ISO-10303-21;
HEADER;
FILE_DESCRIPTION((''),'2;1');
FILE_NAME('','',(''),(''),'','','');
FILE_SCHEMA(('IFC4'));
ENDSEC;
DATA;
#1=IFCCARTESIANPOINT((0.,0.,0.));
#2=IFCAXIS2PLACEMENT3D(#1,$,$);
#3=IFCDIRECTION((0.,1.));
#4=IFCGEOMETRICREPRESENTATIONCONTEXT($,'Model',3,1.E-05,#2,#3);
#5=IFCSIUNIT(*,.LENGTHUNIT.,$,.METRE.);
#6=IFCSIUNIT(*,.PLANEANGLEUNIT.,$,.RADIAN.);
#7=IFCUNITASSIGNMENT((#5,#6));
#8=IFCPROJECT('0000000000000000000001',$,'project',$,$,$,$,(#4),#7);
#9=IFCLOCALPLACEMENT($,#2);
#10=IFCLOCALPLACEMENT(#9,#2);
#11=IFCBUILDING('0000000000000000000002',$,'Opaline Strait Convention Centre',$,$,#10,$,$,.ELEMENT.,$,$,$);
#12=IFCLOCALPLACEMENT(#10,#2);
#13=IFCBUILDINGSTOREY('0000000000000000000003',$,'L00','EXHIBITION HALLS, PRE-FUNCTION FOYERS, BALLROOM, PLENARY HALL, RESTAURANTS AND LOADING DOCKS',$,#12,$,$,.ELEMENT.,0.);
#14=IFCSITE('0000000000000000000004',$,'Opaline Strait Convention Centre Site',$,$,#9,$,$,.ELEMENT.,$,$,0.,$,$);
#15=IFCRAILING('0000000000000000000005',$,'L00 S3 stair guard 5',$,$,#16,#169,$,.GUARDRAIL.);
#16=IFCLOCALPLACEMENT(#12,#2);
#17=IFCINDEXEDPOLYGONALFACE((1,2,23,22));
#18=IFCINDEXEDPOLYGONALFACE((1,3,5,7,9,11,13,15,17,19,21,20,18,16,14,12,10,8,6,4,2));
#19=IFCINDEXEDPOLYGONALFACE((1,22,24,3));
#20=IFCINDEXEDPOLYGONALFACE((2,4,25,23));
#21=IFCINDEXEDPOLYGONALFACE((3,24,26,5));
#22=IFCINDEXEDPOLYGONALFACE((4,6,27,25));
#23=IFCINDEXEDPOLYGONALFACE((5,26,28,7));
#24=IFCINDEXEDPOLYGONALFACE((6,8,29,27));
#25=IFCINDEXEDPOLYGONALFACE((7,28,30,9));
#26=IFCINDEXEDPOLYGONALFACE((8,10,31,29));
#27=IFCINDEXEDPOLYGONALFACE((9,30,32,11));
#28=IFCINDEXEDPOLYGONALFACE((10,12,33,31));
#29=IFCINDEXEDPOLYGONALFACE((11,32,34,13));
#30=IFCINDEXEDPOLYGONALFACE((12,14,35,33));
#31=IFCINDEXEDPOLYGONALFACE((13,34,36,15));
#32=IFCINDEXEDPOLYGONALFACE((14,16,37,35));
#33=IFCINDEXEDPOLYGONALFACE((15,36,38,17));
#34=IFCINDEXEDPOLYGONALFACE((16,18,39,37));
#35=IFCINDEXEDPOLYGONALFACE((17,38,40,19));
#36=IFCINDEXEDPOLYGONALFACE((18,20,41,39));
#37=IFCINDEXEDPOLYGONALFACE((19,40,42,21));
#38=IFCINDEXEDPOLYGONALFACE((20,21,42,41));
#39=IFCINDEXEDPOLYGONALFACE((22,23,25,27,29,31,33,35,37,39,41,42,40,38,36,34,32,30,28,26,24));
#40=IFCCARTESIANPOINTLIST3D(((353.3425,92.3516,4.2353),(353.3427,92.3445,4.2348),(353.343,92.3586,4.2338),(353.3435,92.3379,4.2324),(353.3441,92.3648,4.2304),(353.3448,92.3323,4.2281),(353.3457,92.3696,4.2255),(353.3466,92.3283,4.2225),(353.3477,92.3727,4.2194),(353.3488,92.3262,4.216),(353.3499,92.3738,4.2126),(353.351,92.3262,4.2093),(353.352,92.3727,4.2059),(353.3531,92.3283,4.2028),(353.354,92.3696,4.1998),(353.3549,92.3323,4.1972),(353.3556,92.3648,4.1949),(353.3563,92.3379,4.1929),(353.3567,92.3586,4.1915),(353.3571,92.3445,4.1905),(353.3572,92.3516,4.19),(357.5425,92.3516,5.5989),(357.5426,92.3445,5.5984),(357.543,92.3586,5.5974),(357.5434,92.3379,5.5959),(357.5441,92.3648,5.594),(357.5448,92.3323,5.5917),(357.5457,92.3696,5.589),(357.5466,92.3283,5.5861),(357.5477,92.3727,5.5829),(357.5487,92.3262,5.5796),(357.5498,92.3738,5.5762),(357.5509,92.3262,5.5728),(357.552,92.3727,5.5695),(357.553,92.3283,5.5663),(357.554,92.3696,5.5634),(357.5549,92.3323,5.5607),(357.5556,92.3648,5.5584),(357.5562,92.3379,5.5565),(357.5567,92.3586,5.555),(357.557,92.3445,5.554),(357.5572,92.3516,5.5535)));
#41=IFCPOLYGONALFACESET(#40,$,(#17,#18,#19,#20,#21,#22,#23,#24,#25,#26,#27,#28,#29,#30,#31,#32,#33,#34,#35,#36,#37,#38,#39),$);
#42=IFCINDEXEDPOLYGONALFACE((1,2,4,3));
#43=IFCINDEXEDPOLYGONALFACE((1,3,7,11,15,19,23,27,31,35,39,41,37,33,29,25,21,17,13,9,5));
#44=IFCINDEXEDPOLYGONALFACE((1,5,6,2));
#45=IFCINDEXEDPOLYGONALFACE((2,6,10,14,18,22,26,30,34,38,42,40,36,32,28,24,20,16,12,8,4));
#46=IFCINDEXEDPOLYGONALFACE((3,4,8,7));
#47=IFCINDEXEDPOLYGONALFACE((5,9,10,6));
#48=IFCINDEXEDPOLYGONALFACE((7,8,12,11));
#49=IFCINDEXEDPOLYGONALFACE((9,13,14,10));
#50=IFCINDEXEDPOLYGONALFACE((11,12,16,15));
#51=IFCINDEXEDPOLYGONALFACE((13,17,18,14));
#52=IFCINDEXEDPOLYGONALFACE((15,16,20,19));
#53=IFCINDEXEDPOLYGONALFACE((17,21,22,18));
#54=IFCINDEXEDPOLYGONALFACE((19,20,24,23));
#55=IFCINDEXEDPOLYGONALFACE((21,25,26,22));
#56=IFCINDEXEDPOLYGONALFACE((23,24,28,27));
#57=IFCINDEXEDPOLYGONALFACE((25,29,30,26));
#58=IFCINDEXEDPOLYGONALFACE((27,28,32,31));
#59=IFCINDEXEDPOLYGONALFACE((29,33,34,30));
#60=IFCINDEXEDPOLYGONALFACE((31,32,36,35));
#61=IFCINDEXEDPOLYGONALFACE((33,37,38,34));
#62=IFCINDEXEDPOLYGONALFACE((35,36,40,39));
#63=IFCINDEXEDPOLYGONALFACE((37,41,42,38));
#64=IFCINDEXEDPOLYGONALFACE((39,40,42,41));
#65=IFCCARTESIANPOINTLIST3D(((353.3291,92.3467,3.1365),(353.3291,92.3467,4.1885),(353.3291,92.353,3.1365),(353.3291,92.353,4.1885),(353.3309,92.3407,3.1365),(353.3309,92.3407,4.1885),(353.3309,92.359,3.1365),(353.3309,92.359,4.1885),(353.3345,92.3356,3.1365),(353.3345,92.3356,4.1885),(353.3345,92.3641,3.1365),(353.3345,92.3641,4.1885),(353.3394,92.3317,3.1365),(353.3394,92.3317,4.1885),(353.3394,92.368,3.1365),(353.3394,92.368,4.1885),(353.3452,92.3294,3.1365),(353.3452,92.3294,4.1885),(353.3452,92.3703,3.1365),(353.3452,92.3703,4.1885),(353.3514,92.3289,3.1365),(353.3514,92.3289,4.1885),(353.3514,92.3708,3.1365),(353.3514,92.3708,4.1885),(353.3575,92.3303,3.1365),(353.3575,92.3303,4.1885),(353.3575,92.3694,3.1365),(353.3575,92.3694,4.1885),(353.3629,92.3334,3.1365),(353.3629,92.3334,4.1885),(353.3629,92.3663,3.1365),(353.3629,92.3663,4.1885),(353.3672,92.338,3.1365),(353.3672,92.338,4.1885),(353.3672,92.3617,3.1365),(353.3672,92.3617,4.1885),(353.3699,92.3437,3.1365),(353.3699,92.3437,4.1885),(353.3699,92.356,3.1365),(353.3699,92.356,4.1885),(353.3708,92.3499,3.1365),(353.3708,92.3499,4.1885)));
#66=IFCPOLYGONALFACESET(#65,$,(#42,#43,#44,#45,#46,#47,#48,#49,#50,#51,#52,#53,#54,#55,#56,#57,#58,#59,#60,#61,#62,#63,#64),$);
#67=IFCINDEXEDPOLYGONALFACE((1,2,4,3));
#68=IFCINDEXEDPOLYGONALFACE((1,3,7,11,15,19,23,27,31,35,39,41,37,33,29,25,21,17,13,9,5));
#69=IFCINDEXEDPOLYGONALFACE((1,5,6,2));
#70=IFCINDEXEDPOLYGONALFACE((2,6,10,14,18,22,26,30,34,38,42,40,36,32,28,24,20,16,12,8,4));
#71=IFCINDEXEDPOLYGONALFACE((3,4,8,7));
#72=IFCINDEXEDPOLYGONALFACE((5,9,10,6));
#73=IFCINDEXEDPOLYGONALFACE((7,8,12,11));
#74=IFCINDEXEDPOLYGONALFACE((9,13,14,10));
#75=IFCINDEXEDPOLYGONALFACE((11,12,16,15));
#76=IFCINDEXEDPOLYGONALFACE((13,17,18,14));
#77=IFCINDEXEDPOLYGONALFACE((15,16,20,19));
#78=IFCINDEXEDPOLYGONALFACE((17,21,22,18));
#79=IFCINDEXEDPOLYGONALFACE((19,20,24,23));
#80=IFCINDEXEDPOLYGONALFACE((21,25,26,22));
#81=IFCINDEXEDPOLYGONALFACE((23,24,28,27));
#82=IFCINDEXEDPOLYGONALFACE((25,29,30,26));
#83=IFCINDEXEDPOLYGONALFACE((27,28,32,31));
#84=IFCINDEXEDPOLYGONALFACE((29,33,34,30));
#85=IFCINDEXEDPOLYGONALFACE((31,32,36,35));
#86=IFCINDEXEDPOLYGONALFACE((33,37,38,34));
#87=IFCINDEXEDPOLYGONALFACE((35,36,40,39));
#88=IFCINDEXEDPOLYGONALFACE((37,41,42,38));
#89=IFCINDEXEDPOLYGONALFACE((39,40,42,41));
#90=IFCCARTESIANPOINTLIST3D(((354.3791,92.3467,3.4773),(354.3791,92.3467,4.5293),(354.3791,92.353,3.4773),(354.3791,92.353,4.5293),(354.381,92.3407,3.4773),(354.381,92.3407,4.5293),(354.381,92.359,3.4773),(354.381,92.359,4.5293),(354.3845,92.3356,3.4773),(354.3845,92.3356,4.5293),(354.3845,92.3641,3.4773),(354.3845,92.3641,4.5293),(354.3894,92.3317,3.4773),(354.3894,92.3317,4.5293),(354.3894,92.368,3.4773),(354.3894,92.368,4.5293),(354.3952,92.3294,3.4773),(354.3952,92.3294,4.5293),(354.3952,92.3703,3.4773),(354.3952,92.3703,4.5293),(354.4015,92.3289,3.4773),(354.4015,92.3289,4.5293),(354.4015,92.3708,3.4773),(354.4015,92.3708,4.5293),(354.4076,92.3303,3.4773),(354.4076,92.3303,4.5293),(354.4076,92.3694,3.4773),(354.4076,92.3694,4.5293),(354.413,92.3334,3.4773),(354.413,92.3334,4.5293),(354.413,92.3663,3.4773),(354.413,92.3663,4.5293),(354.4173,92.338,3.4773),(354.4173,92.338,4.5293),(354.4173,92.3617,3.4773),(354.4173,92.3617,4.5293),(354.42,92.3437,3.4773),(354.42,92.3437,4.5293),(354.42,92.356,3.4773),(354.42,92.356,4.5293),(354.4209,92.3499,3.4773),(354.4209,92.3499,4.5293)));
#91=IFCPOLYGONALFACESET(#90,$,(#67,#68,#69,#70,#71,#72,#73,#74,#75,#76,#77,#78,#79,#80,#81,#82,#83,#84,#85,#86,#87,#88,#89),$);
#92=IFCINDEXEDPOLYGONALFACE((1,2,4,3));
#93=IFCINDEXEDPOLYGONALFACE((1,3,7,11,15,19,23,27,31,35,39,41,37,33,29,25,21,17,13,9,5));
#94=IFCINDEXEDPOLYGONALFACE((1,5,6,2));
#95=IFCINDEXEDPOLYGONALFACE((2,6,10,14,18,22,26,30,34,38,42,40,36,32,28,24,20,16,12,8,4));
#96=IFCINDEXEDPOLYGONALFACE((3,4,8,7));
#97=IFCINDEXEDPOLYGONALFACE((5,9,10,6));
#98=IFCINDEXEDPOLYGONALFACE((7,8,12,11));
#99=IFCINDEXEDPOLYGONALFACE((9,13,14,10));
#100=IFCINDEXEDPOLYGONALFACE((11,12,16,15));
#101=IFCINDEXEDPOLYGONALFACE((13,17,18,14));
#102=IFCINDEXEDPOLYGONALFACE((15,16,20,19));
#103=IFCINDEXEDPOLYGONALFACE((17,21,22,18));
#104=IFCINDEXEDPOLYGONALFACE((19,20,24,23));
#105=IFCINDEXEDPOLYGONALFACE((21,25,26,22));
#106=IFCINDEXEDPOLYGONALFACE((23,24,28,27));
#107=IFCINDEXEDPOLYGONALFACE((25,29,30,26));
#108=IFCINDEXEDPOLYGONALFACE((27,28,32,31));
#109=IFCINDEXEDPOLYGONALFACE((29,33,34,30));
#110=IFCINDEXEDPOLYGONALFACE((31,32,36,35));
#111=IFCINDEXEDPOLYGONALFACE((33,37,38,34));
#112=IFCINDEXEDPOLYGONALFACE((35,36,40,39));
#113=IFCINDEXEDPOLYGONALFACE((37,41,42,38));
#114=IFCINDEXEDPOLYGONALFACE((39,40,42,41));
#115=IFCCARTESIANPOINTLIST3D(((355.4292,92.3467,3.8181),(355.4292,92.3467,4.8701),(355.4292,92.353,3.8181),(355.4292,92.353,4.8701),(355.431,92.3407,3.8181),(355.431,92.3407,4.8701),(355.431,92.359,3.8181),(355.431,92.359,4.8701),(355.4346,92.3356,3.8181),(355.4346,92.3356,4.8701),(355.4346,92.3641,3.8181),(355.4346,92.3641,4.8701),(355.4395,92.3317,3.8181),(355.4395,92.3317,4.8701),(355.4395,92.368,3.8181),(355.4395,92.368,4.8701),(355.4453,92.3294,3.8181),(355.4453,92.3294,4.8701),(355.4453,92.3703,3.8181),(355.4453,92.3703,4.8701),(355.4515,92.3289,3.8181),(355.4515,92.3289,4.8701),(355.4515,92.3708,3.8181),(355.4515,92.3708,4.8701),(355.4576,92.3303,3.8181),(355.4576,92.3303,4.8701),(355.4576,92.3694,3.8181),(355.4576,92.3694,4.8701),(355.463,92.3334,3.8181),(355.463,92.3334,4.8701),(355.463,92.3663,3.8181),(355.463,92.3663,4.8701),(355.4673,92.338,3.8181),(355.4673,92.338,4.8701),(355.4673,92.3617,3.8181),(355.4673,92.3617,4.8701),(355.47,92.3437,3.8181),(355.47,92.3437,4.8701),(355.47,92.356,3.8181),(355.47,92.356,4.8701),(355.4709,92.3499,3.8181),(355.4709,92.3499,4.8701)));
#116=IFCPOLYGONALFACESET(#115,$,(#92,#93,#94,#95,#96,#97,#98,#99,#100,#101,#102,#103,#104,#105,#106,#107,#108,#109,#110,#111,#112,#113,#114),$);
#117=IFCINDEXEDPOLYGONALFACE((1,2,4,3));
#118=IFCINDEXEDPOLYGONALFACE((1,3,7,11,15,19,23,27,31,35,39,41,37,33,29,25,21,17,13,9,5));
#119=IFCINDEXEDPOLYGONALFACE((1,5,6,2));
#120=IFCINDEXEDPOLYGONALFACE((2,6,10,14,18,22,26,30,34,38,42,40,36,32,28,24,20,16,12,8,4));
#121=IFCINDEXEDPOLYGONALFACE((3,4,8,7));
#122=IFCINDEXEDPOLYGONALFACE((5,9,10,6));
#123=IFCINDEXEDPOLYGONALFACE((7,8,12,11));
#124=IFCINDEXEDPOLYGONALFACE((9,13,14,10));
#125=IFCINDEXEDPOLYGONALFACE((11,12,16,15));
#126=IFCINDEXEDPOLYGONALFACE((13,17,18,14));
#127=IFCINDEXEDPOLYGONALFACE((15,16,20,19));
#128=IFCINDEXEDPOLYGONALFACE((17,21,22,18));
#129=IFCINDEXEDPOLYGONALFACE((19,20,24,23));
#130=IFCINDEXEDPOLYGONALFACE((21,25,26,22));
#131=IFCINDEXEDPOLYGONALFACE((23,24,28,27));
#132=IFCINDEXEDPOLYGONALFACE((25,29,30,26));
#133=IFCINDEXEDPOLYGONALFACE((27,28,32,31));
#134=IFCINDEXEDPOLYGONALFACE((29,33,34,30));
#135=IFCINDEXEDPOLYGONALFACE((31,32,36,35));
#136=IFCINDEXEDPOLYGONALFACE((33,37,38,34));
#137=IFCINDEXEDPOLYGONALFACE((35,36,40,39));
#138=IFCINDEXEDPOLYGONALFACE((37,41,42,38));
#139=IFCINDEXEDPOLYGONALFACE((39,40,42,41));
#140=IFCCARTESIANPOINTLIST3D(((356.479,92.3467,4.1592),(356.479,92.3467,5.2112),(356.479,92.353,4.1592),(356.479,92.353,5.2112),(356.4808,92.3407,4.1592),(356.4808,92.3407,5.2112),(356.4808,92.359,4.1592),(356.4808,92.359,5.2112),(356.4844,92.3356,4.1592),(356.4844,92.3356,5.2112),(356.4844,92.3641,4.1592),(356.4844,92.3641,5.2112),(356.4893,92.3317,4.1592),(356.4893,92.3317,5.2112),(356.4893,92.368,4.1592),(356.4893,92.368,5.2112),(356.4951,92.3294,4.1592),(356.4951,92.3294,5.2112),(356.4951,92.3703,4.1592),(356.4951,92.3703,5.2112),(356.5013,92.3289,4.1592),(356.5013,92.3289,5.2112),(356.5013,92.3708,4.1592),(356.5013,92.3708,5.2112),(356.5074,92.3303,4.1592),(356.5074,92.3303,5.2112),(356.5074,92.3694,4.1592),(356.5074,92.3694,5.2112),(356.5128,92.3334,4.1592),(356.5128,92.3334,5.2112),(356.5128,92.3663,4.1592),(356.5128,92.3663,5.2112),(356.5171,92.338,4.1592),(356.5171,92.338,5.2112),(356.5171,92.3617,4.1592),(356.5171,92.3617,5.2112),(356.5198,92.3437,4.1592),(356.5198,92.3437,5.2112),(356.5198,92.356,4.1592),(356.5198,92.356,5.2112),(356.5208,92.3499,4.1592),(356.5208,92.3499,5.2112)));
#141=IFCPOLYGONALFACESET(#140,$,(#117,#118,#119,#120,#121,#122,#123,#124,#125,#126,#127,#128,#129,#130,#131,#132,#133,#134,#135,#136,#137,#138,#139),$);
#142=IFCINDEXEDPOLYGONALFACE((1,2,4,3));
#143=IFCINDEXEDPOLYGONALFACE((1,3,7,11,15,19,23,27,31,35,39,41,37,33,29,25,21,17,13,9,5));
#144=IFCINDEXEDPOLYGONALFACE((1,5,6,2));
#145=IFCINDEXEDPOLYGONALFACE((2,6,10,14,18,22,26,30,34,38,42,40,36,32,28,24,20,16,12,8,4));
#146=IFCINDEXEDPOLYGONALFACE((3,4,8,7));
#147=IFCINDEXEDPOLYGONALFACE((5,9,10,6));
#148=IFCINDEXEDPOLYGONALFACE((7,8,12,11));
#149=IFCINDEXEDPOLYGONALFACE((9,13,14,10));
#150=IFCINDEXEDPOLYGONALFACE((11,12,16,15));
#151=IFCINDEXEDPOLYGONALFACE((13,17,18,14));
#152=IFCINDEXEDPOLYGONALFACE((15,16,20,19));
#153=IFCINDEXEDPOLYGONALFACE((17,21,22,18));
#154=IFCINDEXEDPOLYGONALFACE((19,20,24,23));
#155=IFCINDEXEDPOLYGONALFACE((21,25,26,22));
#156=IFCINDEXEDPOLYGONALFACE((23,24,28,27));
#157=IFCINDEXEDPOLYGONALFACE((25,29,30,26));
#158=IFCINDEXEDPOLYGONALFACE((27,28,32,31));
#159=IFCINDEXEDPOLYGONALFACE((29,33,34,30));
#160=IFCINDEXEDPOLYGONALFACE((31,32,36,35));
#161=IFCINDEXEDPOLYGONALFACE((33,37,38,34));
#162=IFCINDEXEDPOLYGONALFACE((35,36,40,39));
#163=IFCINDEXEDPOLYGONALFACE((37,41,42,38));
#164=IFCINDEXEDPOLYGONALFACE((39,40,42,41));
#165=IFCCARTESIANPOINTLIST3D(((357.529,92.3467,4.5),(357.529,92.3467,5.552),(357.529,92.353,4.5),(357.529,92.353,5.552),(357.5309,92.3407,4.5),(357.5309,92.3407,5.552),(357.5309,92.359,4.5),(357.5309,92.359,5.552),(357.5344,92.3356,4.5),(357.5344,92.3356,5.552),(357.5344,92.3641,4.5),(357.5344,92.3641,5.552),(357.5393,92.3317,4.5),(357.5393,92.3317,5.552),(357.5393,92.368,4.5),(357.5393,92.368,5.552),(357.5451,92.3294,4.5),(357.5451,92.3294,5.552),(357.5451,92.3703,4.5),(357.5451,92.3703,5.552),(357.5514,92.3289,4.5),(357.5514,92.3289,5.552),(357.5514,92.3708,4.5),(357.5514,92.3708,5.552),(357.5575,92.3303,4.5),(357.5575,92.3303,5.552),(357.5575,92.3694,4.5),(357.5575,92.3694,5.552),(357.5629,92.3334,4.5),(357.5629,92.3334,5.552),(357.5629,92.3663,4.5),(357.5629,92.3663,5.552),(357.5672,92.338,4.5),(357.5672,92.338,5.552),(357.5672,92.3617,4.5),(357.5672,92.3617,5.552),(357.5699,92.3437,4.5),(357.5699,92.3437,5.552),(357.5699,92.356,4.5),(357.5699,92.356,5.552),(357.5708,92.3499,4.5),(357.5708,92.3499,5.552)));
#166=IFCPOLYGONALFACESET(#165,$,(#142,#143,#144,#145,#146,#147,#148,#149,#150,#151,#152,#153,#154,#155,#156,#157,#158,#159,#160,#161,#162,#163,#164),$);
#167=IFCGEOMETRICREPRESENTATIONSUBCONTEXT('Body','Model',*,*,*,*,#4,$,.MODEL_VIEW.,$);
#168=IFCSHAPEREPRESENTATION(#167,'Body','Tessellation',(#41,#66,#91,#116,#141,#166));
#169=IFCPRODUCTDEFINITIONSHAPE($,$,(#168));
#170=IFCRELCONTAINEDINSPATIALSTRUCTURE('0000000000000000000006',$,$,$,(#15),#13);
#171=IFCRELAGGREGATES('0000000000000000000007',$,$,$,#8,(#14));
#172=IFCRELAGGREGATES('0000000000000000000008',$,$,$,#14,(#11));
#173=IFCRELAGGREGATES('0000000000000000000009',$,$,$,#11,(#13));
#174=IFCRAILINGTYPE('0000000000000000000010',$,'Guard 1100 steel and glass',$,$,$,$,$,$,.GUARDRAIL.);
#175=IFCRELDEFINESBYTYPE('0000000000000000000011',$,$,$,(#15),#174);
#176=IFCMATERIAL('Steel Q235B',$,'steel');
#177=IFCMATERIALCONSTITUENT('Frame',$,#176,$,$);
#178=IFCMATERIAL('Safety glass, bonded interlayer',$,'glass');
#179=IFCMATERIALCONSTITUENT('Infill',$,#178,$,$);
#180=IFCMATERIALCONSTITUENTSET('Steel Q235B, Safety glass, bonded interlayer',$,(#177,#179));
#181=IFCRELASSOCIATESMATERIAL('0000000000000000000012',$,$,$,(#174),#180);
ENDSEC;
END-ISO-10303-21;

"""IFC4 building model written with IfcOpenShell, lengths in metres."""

from ifc_helpers import new_model, si_unit, direction, frame, origin, origin_2d, place, context, subcontext, project, spatial, circle, extrude, material, constituent, constituent_set, type_object, element, save


model = new_model("IFC4")

# Units and contexts
model_context = context("Model", 3, precision=1e-05, world=origin(), true_north=direction((0.0, 1.0)))
body_context = subcontext(model_context, "Body", "Model", "MODEL_VIEW")
ifc_project = project(units=[si_unit("LENGTHUNIT", "METRE"), si_unit("PLANEANGLEUNIT", "RADIAN")], contexts=[model_context])

# Site, building, storey
site_placement = place(None, origin())
site = spatial("IfcSite", under=ifc_project, at=site_placement, Name="Opaline Strait Convention Centre Site", CompositionType="ELEMENT", RefElevation=0.0)
building_placement = place(site_placement, origin())
building = spatial("IfcBuilding", under=site, at=building_placement, Name="Opaline Strait Convention Centre", CompositionType="ELEMENT")
storey_placement = place(building_placement, origin())
storey = spatial("IfcBuildingStorey", under=building, at=storey_placement, Name="L00", Description="EXHIBITION HALLS, PRE-FUNCTION FOYERS, BALLROOM, PLENARY HALL, RESTAURANTS AND LOADING DOCKS", CompositionType="ELEMENT", Elevation=0.0)

# Shared definitions
ifc_material_1 = material(Name="Steel Q235B", Category="steel")

# Railing
ifc_constituent_1 = constituent(ifc_material_1, Name="Frame")
ifc_material_2 = material(Name="Safety glass, bonded interlayer", Category="glass")
ifc_constituent_2 = constituent(ifc_material_2, Name="Infill")
ifc_constituent_set = constituent_set(constituents=[ifc_constituent_1, ifc_constituent_2], Name="Steel Q235B, Safety glass, bonded interlayer")
railing_type = type_object("IfcRailingType", Name="Guard 1100 steel and glass", PredefinedType="GUARDRAIL", material=ifc_constituent_set)
railing_1_placement = place(storey_placement, frame((353.3499, 92.3499, 3.1365)))
element("IfcRailing", 1, at=railing_1_placement, inside=storey, type_object=railing_type, Name="L00 S3 stair guard 5", PredefinedType="GUARDRAIL", context=body_context, shape_type="SweptSolid", body=[
    extrude(circle(Radius=0.0239, at=origin_2d()), frame((0.0, 0.0, 1.0762), z_axis=(0.951131, 0.0, 0.308787), x_axis=(0.0, 1.0, 0.0)), (0.0, 0.0, 1.0), 4.4158),
    extrude(circle(Radius=0.021, at=origin_2d()), origin(), (0.0, 0.0, 1.0), 1.052),
    extrude(circle(Radius=0.021, at=origin_2d()), frame((1.05, 0.0, 0.3408)), (0.0, 0.0, 1.0), 1.052),
    extrude(circle(Radius=0.021, at=origin_2d()), frame((2.1001, 0.0, 0.6816)), (0.0, 0.0, 1.0), 1.052),
    extrude(circle(Radius=0.021, at=origin_2d()), frame((3.1499, 0.0, 1.0227)), (0.0, 0.0, 1.0), 1.052),
    extrude(circle(Radius=0.021, at=origin_2d()), frame((4.2, 0.0, 1.3635)), (0.0, 0.0, 1.0), 1.052),
])

save(model, "model.ifc")
